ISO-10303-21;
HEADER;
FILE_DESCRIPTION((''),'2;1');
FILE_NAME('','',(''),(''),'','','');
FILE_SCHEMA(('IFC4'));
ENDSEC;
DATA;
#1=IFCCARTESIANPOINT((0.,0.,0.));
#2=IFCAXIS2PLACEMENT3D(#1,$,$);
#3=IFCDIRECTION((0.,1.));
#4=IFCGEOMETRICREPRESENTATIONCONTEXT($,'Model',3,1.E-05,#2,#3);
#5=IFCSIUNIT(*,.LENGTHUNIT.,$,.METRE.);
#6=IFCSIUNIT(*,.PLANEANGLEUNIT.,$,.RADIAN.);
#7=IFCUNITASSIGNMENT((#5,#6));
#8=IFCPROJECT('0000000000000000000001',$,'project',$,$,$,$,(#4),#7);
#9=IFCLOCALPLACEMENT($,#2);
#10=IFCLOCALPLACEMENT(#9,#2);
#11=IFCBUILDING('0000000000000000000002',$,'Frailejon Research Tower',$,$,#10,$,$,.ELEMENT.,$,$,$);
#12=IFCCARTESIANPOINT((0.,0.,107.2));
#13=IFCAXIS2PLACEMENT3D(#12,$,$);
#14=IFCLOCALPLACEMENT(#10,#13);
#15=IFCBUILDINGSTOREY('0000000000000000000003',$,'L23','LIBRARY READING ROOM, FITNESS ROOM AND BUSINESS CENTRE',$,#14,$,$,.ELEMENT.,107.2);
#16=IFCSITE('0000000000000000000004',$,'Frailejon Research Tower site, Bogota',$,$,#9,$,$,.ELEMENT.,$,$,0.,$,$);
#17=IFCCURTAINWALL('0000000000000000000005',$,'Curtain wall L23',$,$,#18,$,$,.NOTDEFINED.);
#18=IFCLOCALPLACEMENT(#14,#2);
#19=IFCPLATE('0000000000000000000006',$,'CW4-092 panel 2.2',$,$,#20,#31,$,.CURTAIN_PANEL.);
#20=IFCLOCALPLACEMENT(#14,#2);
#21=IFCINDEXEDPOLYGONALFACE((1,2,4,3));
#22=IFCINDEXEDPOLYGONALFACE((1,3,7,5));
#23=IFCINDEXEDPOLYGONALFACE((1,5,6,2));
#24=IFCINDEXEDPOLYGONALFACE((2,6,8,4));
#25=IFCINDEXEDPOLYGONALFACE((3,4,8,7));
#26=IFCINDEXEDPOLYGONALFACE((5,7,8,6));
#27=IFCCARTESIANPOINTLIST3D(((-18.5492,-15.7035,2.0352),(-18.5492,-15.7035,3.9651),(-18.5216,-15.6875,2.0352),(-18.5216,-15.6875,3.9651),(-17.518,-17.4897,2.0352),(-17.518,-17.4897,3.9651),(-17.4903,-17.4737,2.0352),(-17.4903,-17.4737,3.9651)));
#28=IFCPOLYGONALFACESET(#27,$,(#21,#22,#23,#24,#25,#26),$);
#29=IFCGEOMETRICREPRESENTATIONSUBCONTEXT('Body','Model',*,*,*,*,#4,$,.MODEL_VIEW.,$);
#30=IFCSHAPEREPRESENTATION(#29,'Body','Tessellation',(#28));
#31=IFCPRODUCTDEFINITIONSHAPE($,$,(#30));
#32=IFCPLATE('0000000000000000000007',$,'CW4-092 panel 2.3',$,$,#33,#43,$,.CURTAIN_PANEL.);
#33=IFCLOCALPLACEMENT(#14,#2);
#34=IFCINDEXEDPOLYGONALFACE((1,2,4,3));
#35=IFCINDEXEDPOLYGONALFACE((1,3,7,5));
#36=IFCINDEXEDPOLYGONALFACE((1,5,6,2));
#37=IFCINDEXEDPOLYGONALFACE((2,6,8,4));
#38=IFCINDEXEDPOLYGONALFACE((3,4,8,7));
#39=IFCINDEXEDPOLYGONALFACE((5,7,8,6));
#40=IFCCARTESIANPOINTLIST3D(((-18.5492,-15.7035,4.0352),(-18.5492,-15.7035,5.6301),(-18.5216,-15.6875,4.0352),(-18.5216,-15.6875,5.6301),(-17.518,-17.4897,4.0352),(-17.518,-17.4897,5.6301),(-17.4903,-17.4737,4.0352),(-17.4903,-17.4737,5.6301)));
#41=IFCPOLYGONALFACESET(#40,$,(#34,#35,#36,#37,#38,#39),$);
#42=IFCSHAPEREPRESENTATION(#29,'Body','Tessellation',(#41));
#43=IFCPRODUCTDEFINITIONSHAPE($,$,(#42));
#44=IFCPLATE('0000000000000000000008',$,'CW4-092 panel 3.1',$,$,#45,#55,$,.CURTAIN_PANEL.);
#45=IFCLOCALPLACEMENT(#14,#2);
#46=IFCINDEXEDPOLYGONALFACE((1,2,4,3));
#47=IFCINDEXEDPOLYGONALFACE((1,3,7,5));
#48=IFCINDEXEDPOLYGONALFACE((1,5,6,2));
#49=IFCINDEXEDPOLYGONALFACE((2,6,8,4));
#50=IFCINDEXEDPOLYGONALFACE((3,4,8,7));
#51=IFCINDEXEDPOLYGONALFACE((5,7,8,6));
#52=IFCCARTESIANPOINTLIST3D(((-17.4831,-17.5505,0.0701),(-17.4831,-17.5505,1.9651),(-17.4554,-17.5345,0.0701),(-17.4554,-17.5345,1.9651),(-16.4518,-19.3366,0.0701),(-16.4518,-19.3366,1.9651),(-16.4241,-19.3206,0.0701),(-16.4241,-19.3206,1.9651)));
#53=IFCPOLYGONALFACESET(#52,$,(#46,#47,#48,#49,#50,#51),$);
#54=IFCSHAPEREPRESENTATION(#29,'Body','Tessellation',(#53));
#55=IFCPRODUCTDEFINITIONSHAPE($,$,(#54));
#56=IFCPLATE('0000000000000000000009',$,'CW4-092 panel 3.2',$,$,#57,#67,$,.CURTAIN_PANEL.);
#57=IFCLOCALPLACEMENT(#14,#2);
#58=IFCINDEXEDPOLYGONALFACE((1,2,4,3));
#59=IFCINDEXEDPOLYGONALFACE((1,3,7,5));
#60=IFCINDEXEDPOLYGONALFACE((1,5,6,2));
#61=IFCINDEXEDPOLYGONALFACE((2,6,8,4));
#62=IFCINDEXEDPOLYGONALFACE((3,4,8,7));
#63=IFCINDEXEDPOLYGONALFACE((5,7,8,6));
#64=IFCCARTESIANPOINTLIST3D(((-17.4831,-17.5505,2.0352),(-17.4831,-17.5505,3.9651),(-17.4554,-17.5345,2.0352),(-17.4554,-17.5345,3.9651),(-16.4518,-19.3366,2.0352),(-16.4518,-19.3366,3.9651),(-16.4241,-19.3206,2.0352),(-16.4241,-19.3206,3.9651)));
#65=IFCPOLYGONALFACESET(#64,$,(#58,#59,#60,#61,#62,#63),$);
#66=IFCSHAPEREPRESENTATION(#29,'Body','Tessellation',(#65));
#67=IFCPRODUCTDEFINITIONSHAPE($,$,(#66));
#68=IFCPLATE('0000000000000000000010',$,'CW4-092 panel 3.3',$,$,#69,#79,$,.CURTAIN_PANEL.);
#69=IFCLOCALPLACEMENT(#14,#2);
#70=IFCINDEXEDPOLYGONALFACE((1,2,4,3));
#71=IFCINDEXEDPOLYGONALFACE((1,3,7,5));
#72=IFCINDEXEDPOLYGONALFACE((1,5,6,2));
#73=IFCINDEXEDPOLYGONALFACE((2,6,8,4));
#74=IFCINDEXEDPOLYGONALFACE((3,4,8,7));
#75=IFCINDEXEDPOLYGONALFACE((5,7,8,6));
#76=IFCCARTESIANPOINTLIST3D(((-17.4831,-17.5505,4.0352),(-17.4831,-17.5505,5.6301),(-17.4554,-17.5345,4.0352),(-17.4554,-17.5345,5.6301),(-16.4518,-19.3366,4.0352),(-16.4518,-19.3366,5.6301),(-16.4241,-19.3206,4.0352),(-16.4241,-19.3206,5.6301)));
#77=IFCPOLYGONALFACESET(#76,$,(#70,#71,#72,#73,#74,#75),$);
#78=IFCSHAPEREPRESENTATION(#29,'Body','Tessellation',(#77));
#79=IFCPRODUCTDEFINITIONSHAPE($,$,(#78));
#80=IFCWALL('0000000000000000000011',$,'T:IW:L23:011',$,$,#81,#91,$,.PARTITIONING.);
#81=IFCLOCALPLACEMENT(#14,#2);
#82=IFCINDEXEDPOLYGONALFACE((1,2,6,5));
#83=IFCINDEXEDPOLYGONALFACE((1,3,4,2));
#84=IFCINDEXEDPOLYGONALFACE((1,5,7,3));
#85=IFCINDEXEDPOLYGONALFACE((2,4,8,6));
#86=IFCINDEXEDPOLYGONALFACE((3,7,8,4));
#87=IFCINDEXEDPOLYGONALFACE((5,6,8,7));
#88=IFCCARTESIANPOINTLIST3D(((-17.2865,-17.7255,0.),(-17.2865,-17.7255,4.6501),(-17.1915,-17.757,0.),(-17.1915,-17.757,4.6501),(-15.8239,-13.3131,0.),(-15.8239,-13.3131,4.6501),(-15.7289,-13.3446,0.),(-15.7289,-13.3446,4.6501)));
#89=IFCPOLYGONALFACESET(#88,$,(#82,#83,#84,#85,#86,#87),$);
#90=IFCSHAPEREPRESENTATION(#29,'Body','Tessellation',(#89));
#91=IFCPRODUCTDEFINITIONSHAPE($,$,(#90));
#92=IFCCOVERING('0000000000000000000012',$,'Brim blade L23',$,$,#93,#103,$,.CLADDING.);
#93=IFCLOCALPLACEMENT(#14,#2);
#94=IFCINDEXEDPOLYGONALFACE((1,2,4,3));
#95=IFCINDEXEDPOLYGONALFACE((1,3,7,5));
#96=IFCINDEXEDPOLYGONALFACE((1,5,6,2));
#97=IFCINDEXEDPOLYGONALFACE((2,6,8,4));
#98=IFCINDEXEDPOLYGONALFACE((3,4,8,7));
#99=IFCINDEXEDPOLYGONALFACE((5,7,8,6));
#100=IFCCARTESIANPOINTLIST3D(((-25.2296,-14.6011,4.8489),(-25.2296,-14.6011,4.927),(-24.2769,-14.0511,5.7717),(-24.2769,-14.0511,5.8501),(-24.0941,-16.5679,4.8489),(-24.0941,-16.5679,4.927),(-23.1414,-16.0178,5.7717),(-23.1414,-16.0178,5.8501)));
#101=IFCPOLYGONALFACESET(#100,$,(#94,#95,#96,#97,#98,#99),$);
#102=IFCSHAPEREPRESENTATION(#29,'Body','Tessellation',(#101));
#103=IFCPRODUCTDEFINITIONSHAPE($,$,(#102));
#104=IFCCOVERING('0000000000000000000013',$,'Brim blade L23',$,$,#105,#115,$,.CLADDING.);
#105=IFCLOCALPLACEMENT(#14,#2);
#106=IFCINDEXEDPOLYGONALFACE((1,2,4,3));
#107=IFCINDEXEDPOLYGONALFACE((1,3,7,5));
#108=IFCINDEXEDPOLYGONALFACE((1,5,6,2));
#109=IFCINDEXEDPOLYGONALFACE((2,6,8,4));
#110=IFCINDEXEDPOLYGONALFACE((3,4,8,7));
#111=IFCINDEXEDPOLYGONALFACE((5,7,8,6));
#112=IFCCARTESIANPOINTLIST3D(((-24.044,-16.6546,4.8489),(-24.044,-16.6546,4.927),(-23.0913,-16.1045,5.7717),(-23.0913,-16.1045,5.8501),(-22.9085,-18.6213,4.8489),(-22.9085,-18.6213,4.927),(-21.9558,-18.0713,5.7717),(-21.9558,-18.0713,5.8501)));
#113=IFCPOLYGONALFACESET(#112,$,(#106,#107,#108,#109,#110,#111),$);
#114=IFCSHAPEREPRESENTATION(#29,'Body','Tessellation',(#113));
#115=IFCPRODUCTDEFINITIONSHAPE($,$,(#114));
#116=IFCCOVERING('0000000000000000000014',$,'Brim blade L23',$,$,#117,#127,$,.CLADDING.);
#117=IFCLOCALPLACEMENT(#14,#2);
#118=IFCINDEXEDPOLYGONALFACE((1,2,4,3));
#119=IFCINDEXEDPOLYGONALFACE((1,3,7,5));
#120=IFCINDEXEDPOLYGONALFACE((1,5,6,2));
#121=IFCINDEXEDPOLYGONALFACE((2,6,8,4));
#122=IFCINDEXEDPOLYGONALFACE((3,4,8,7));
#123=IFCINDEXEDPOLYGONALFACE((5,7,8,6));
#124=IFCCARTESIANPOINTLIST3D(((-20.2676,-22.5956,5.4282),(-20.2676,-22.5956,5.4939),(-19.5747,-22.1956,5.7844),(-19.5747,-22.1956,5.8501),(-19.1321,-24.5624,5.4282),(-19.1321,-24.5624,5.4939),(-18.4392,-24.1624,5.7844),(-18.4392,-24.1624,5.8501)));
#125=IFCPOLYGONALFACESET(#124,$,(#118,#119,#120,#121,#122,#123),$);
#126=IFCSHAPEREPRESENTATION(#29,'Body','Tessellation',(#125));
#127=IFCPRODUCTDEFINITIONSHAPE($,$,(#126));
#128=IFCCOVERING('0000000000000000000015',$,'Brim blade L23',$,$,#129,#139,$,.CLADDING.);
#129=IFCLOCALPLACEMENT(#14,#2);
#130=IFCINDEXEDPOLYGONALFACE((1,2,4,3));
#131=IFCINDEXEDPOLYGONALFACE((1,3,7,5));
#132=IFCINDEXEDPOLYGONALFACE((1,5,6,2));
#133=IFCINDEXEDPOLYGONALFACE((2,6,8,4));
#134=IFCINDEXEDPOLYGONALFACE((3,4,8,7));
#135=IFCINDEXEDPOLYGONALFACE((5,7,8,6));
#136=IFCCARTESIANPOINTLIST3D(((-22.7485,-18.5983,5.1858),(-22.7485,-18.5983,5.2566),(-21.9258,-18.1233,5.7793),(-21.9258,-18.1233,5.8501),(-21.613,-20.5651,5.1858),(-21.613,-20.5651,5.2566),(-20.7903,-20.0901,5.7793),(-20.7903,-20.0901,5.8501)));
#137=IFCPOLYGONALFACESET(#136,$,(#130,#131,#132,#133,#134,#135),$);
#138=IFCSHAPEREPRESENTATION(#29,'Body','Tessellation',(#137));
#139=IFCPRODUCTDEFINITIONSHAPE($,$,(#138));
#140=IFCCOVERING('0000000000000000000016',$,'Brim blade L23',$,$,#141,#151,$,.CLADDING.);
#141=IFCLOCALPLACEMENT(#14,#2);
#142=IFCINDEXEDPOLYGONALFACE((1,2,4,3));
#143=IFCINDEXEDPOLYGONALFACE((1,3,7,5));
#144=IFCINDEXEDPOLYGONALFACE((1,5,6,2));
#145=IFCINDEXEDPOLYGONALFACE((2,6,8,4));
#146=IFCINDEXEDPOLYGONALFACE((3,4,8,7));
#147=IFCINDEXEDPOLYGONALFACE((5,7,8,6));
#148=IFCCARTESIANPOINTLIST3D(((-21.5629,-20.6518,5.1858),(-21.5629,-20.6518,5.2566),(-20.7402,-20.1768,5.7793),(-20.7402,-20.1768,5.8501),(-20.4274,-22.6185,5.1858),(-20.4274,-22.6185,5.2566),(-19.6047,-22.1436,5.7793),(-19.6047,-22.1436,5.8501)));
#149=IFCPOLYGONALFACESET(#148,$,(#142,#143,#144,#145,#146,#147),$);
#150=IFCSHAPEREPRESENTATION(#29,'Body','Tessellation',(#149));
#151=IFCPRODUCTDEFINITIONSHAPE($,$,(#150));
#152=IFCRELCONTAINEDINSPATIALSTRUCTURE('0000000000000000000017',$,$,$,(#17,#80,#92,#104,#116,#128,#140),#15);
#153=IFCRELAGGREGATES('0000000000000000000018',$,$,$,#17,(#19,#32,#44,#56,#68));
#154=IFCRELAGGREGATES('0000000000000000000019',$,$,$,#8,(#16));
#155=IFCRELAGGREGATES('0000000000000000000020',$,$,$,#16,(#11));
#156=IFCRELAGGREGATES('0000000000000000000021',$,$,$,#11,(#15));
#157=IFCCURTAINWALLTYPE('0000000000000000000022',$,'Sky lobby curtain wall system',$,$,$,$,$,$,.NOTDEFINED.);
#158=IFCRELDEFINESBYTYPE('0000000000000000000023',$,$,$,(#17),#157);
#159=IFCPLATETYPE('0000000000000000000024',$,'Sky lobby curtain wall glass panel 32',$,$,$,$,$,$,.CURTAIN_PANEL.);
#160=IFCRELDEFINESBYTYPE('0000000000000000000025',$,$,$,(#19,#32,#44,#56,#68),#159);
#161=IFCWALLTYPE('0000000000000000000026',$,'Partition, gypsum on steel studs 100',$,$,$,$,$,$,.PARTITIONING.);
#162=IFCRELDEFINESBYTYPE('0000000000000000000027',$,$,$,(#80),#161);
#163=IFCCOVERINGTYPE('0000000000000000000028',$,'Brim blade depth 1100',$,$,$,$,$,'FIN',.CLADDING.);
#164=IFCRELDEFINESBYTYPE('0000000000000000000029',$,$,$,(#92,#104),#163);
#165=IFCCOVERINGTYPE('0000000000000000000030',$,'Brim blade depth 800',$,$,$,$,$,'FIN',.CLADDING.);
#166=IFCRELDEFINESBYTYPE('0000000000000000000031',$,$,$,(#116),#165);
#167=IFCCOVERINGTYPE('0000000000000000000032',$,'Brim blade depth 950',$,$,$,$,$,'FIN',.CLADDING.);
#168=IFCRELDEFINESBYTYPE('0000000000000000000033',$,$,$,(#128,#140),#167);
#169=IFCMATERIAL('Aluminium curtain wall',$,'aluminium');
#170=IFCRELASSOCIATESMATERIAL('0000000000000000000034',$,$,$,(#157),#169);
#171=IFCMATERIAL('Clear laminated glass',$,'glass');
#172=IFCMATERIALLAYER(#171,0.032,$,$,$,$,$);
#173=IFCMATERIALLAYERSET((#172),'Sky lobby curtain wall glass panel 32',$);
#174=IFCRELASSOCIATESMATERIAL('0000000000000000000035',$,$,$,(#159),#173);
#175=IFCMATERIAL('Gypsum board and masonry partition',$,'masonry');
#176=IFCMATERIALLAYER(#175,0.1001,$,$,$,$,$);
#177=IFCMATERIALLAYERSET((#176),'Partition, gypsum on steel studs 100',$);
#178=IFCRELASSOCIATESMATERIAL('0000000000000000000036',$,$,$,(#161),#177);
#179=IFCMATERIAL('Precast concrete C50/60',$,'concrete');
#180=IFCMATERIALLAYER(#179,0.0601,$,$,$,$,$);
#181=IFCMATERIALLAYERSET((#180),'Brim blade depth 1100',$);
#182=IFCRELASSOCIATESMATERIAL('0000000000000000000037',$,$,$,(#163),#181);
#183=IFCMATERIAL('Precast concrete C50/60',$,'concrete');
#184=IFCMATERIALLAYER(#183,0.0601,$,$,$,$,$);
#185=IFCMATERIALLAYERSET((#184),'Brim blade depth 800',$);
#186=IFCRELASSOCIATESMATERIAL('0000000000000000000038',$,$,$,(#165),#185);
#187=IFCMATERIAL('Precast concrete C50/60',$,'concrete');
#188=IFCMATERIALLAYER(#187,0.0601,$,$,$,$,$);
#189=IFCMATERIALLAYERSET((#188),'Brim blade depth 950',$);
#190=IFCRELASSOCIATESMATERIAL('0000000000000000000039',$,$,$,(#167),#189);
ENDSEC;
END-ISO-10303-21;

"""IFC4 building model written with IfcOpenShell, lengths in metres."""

from ifc_helpers import new_model, si_unit, direction, frame, frame_2d, origin, origin_2d, place, context, subcontext, project, spatial, polyline, rectangle, outline, extrude, material, layer, layer_set, type_object, element, aggregate, save


model = new_model("IFC4")

# Units and contexts
model_context = context("Model", 3, precision=1e-05, world=origin(), true_north=direction((0.0, 1.0)))
body_context = subcontext(model_context, "Body", "Model", "MODEL_VIEW")
ifc_project = project(units=[si_unit("LENGTHUNIT", "METRE"), si_unit("PLANEANGLEUNIT", "RADIAN")], contexts=[model_context])

# Site, building, storey
site_placement = place(None, origin())
site = spatial("IfcSite", under=ifc_project, at=site_placement, Name="Frailejon Research Tower site, Bogota", CompositionType="ELEMENT", RefElevation=0.0)
building_placement = place(site_placement, origin())
building = spatial("IfcBuilding", under=site, at=building_placement, Name="Frailejon Research Tower", CompositionType="ELEMENT")
storey_placement = place(building_placement, frame((0.0, 0.0, 107.2)))
storey = spatial("IfcBuildingStorey", under=building, at=storey_placement, Name="L23", Description="LIBRARY READING ROOM, FITNESS ROOM AND BUSINESS CENTRE", CompositionType="ELEMENT", Elevation=107.2)

# Curtain wall
ifc_material_1 = material(Name="Aluminium curtain wall", Category="aluminium")
curtain_wall_type = type_object("IfcCurtainWallType", Name="Sky lobby curtain wall system", PredefinedType="NOTDEFINED", material=ifc_material_1)
curtain_wall_placement = place(storey_placement, origin())
curtain_wall = element("IfcCurtainWall", 1, at=curtain_wall_placement, inside=storey, type_object=curtain_wall_type, Name="Curtain wall L23", PredefinedType="NOTDEFINED")

# Plates
ifc_material_2 = material(Name="Clear laminated glass", Category="glass")
ifc_layer_1 = layer(ifc_material_2, 0.032)
ifc_layer_set_1 = layer_set([ifc_layer_1], Name="Sky lobby curtain wall glass panel 32")
plate_type = type_object("IfcPlateType", Name="Sky lobby curtain wall glass panel 32", PredefinedType="CURTAIN_PANEL", material=ifc_layer_set_1)
plate_1_placement = place(storey_placement, frame((-18.0198, -16.5886, 2.0352), z_axis=(0.0, 0.0, 1.0), x_axis=(0.5, -0.866026, 0.0)))
plate_1 = element("IfcPlate", 2, at=plate_1_placement, type_object=plate_type, Name="CW4-092 panel 2.2", PredefinedType="CURTAIN_PANEL", context=body_context, shape_type="SweptSolid", body=[
    extrude(rectangle(XDim=2.0625, YDim=0.032, at=origin_2d()), origin(), (0.0, 0.0, 1.0), 1.9299),
])
plate_2_placement = place(storey_placement, frame((-18.0198, -16.5886, 4.0352), z_axis=(0.0, 0.0, 1.0), x_axis=(0.5, -0.866026, 0.0)))
plate_2 = element("IfcPlate", 3, at=plate_2_placement, type_object=plate_type, Name="CW4-092 panel 2.3", PredefinedType="CURTAIN_PANEL", context=body_context, shape_type="SweptSolid", body=[
    extrude(rectangle(XDim=2.0625, YDim=0.032, at=origin_2d()), origin(), (0.0, 0.0, 1.0), 1.595),
])
plate_3_placement = place(storey_placement, frame((-16.9536, -18.4355, 0.0701), z_axis=(0.0, 0.0, 1.0), x_axis=(0.5, -0.866026, 0.0)))
plate_3 = element("IfcPlate", 4, at=plate_3_placement, type_object=plate_type, Name="CW4-092 panel 3.1", PredefinedType="CURTAIN_PANEL", context=body_context, shape_type="SweptSolid", body=[
    extrude(rectangle(XDim=2.0625, YDim=0.032, at=origin_2d()), origin(), (0.0, 0.0, 1.0), 1.895),
])
plate_4_placement = place(storey_placement, frame((-16.9536, -18.4355, 2.0352), z_axis=(0.0, 0.0, 1.0), x_axis=(0.5, -0.866026, 0.0)))
plate_4 = element("IfcPlate", 5, at=plate_4_placement, type_object=plate_type, Name="CW4-092 panel 3.2", PredefinedType="CURTAIN_PANEL", context=body_context, shape_type="SweptSolid", body=[
    extrude(rectangle(XDim=2.0625, YDim=0.032, at=origin_2d()), origin(), (0.0, 0.0, 1.0), 1.9299),
])
plate_5_placement = place(storey_placement, frame((-16.9536, -18.4355, 4.0352), z_axis=(0.0, 0.0, 1.0), x_axis=(0.5, -0.866026, 0.0)))
plate_5 = element("IfcPlate", 6, at=plate_5_placement, type_object=plate_type, Name="CW4-092 panel 3.3", PredefinedType="CURTAIN_PANEL", context=body_context, shape_type="SweptSolid", body=[
    extrude(rectangle(XDim=2.0625, YDim=0.032, at=origin_2d()), origin(), (0.0, 0.0, 1.0), 1.595),
])
aggregate(curtain_wall, [plate_1, plate_2, plate_3, plate_4, plate_5])

# Wall
ifc_material_3 = material(Name="Gypsum board and masonry partition", Category="masonry")
ifc_layer_2 = layer(ifc_material_3, 0.1001)
ifc_layer_set_2 = layer_set([ifc_layer_2], Name="Partition, gypsum on steel studs 100")
wall_type = type_object("IfcWallType", Name="Partition, gypsum on steel studs 100", PredefinedType="PARTITIONING", material=ifc_layer_set_2)
wall_placement = place(storey_placement, frame((-17.239, -17.7412, 0.0), z_axis=(0.0, 0.0, 1.0), x_axis=(0.314652, 0.949207, 0.0)))
element("IfcWall", 7, at=wall_placement, inside=storey, type_object=wall_type, Name="T:IW:L23:011", PredefinedType="PARTITIONING", context=body_context, shape_type="SweptSolid", body=[
    extrude(rectangle(XDim=4.6484, YDim=0.1001, at=frame_2d((2.3242, 0.0))), origin(), (0.0, 0.0, 1.0), 4.6501),
])

# Coverings
ifc_material_4 = material(Name="Precast concrete C50/60", Category="concrete")
ifc_layer_3 = layer(ifc_material_4, 0.0601)
ifc_layer_set_3 = layer_set([ifc_layer_3], Name="Brim blade depth 1100")
covering_type_1 = type_object("IfcCoveringType", Name="Brim blade depth 1100", ElementType="FIN", PredefinedType="CLADDING", material=ifc_layer_set_3)
for number, where, z_axis, x_axis, name in (
    (8, (-23.1414, -16.0178, 5.8501), (-0.500002, 0.866024, 0.0), (-0.866024, -0.500002, 0.0), "Brim blade L23"),
    (9, (-21.9558, -18.0713, 5.8501), (-0.499993, 0.866029, 0.0), (-0.866029, -0.499993, 0.0), "Brim blade L23"),
):
    element("IfcCovering", number, at=place(storey_placement, frame(where, z_axis=z_axis, x_axis=x_axis)), inside=storey, type_object=covering_type_1, Name=name, PredefinedType="CLADDING", context=body_context, shape_type="SweptSolid", body=[
        extrude(outline(polyline([(0.0, -0.0784), (1.1001, -1.0012), (1.1001, -0.9231), (0.0, 0.0), (0.0, -0.0784)])), origin(), (0.0, 0.0, 1.0), 2.271),
    ])
ifc_material_5 = material(Name="Precast concrete C50/60", Category="concrete")
ifc_layer_4 = layer(ifc_material_5, 0.0601)
ifc_layer_set_4 = layer_set([ifc_layer_4], Name="Brim blade depth 800")
covering_type_2 = type_object("IfcCoveringType", Name="Brim blade depth 800", ElementType="FIN", PredefinedType="CLADDING", material=ifc_layer_set_4)
covering_placement = place(storey_placement, frame((-18.4392, -24.1624, 5.8501), z_axis=(-0.500002, 0.866024, 0.0), x_axis=(-0.866024, -0.500002, 0.0)))
element("IfcCovering", 10, at=covering_placement, inside=storey, type_object=covering_type_2, Name="Brim blade L23", PredefinedType="CLADDING", context=body_context, shape_type="SweptSolid", body=[
    extrude(outline(polyline([(0.0, -0.0657), (0.8, -0.4219), (0.8, -0.3562), (0.0, 0.0), (0.0, -0.0657)])), origin(), (0.0, 0.0, 1.0), 2.271),
])
ifc_material_6 = material(Name="Precast concrete C50/60", Category="concrete")
ifc_layer_5 = layer(ifc_material_6, 0.0601)
ifc_layer_set_5 = layer_set([ifc_layer_5], Name="Brim blade depth 950")
covering_type_3 = type_object("IfcCoveringType", Name="Brim blade depth 950", ElementType="FIN", PredefinedType="CLADDING", material=ifc_layer_set_5)
for number, where, z_axis, x_axis, name in (
    (11, (-20.7903, -20.0901, 5.8501), (-0.499993, 0.866029, 0.0), (-0.866029, -0.499993, 0.0), "Brim blade L23"),
    (12, (-19.6047, -22.1436, 5.8501), (-0.500002, 0.866024, 0.0), (-0.866024, -0.500002, 0.0), "Brim blade L23"),
):
    element("IfcCovering", number, at=place(storey_placement, frame(where, z_axis=z_axis, x_axis=x_axis)), inside=storey, type_object=covering_type_3, Name=name, PredefinedType="CLADDING", context=body_context, shape_type="SweptSolid", body=[
        extrude(outline(polyline([(0.0, -0.0708), (0.95, -0.6643), (0.95, -0.5935), (0.0, 0.0), (0.0, -0.0708)])), origin(), (0.0, 0.0, 1.0), 2.271),
    ])

save(model, "model.ifc")
